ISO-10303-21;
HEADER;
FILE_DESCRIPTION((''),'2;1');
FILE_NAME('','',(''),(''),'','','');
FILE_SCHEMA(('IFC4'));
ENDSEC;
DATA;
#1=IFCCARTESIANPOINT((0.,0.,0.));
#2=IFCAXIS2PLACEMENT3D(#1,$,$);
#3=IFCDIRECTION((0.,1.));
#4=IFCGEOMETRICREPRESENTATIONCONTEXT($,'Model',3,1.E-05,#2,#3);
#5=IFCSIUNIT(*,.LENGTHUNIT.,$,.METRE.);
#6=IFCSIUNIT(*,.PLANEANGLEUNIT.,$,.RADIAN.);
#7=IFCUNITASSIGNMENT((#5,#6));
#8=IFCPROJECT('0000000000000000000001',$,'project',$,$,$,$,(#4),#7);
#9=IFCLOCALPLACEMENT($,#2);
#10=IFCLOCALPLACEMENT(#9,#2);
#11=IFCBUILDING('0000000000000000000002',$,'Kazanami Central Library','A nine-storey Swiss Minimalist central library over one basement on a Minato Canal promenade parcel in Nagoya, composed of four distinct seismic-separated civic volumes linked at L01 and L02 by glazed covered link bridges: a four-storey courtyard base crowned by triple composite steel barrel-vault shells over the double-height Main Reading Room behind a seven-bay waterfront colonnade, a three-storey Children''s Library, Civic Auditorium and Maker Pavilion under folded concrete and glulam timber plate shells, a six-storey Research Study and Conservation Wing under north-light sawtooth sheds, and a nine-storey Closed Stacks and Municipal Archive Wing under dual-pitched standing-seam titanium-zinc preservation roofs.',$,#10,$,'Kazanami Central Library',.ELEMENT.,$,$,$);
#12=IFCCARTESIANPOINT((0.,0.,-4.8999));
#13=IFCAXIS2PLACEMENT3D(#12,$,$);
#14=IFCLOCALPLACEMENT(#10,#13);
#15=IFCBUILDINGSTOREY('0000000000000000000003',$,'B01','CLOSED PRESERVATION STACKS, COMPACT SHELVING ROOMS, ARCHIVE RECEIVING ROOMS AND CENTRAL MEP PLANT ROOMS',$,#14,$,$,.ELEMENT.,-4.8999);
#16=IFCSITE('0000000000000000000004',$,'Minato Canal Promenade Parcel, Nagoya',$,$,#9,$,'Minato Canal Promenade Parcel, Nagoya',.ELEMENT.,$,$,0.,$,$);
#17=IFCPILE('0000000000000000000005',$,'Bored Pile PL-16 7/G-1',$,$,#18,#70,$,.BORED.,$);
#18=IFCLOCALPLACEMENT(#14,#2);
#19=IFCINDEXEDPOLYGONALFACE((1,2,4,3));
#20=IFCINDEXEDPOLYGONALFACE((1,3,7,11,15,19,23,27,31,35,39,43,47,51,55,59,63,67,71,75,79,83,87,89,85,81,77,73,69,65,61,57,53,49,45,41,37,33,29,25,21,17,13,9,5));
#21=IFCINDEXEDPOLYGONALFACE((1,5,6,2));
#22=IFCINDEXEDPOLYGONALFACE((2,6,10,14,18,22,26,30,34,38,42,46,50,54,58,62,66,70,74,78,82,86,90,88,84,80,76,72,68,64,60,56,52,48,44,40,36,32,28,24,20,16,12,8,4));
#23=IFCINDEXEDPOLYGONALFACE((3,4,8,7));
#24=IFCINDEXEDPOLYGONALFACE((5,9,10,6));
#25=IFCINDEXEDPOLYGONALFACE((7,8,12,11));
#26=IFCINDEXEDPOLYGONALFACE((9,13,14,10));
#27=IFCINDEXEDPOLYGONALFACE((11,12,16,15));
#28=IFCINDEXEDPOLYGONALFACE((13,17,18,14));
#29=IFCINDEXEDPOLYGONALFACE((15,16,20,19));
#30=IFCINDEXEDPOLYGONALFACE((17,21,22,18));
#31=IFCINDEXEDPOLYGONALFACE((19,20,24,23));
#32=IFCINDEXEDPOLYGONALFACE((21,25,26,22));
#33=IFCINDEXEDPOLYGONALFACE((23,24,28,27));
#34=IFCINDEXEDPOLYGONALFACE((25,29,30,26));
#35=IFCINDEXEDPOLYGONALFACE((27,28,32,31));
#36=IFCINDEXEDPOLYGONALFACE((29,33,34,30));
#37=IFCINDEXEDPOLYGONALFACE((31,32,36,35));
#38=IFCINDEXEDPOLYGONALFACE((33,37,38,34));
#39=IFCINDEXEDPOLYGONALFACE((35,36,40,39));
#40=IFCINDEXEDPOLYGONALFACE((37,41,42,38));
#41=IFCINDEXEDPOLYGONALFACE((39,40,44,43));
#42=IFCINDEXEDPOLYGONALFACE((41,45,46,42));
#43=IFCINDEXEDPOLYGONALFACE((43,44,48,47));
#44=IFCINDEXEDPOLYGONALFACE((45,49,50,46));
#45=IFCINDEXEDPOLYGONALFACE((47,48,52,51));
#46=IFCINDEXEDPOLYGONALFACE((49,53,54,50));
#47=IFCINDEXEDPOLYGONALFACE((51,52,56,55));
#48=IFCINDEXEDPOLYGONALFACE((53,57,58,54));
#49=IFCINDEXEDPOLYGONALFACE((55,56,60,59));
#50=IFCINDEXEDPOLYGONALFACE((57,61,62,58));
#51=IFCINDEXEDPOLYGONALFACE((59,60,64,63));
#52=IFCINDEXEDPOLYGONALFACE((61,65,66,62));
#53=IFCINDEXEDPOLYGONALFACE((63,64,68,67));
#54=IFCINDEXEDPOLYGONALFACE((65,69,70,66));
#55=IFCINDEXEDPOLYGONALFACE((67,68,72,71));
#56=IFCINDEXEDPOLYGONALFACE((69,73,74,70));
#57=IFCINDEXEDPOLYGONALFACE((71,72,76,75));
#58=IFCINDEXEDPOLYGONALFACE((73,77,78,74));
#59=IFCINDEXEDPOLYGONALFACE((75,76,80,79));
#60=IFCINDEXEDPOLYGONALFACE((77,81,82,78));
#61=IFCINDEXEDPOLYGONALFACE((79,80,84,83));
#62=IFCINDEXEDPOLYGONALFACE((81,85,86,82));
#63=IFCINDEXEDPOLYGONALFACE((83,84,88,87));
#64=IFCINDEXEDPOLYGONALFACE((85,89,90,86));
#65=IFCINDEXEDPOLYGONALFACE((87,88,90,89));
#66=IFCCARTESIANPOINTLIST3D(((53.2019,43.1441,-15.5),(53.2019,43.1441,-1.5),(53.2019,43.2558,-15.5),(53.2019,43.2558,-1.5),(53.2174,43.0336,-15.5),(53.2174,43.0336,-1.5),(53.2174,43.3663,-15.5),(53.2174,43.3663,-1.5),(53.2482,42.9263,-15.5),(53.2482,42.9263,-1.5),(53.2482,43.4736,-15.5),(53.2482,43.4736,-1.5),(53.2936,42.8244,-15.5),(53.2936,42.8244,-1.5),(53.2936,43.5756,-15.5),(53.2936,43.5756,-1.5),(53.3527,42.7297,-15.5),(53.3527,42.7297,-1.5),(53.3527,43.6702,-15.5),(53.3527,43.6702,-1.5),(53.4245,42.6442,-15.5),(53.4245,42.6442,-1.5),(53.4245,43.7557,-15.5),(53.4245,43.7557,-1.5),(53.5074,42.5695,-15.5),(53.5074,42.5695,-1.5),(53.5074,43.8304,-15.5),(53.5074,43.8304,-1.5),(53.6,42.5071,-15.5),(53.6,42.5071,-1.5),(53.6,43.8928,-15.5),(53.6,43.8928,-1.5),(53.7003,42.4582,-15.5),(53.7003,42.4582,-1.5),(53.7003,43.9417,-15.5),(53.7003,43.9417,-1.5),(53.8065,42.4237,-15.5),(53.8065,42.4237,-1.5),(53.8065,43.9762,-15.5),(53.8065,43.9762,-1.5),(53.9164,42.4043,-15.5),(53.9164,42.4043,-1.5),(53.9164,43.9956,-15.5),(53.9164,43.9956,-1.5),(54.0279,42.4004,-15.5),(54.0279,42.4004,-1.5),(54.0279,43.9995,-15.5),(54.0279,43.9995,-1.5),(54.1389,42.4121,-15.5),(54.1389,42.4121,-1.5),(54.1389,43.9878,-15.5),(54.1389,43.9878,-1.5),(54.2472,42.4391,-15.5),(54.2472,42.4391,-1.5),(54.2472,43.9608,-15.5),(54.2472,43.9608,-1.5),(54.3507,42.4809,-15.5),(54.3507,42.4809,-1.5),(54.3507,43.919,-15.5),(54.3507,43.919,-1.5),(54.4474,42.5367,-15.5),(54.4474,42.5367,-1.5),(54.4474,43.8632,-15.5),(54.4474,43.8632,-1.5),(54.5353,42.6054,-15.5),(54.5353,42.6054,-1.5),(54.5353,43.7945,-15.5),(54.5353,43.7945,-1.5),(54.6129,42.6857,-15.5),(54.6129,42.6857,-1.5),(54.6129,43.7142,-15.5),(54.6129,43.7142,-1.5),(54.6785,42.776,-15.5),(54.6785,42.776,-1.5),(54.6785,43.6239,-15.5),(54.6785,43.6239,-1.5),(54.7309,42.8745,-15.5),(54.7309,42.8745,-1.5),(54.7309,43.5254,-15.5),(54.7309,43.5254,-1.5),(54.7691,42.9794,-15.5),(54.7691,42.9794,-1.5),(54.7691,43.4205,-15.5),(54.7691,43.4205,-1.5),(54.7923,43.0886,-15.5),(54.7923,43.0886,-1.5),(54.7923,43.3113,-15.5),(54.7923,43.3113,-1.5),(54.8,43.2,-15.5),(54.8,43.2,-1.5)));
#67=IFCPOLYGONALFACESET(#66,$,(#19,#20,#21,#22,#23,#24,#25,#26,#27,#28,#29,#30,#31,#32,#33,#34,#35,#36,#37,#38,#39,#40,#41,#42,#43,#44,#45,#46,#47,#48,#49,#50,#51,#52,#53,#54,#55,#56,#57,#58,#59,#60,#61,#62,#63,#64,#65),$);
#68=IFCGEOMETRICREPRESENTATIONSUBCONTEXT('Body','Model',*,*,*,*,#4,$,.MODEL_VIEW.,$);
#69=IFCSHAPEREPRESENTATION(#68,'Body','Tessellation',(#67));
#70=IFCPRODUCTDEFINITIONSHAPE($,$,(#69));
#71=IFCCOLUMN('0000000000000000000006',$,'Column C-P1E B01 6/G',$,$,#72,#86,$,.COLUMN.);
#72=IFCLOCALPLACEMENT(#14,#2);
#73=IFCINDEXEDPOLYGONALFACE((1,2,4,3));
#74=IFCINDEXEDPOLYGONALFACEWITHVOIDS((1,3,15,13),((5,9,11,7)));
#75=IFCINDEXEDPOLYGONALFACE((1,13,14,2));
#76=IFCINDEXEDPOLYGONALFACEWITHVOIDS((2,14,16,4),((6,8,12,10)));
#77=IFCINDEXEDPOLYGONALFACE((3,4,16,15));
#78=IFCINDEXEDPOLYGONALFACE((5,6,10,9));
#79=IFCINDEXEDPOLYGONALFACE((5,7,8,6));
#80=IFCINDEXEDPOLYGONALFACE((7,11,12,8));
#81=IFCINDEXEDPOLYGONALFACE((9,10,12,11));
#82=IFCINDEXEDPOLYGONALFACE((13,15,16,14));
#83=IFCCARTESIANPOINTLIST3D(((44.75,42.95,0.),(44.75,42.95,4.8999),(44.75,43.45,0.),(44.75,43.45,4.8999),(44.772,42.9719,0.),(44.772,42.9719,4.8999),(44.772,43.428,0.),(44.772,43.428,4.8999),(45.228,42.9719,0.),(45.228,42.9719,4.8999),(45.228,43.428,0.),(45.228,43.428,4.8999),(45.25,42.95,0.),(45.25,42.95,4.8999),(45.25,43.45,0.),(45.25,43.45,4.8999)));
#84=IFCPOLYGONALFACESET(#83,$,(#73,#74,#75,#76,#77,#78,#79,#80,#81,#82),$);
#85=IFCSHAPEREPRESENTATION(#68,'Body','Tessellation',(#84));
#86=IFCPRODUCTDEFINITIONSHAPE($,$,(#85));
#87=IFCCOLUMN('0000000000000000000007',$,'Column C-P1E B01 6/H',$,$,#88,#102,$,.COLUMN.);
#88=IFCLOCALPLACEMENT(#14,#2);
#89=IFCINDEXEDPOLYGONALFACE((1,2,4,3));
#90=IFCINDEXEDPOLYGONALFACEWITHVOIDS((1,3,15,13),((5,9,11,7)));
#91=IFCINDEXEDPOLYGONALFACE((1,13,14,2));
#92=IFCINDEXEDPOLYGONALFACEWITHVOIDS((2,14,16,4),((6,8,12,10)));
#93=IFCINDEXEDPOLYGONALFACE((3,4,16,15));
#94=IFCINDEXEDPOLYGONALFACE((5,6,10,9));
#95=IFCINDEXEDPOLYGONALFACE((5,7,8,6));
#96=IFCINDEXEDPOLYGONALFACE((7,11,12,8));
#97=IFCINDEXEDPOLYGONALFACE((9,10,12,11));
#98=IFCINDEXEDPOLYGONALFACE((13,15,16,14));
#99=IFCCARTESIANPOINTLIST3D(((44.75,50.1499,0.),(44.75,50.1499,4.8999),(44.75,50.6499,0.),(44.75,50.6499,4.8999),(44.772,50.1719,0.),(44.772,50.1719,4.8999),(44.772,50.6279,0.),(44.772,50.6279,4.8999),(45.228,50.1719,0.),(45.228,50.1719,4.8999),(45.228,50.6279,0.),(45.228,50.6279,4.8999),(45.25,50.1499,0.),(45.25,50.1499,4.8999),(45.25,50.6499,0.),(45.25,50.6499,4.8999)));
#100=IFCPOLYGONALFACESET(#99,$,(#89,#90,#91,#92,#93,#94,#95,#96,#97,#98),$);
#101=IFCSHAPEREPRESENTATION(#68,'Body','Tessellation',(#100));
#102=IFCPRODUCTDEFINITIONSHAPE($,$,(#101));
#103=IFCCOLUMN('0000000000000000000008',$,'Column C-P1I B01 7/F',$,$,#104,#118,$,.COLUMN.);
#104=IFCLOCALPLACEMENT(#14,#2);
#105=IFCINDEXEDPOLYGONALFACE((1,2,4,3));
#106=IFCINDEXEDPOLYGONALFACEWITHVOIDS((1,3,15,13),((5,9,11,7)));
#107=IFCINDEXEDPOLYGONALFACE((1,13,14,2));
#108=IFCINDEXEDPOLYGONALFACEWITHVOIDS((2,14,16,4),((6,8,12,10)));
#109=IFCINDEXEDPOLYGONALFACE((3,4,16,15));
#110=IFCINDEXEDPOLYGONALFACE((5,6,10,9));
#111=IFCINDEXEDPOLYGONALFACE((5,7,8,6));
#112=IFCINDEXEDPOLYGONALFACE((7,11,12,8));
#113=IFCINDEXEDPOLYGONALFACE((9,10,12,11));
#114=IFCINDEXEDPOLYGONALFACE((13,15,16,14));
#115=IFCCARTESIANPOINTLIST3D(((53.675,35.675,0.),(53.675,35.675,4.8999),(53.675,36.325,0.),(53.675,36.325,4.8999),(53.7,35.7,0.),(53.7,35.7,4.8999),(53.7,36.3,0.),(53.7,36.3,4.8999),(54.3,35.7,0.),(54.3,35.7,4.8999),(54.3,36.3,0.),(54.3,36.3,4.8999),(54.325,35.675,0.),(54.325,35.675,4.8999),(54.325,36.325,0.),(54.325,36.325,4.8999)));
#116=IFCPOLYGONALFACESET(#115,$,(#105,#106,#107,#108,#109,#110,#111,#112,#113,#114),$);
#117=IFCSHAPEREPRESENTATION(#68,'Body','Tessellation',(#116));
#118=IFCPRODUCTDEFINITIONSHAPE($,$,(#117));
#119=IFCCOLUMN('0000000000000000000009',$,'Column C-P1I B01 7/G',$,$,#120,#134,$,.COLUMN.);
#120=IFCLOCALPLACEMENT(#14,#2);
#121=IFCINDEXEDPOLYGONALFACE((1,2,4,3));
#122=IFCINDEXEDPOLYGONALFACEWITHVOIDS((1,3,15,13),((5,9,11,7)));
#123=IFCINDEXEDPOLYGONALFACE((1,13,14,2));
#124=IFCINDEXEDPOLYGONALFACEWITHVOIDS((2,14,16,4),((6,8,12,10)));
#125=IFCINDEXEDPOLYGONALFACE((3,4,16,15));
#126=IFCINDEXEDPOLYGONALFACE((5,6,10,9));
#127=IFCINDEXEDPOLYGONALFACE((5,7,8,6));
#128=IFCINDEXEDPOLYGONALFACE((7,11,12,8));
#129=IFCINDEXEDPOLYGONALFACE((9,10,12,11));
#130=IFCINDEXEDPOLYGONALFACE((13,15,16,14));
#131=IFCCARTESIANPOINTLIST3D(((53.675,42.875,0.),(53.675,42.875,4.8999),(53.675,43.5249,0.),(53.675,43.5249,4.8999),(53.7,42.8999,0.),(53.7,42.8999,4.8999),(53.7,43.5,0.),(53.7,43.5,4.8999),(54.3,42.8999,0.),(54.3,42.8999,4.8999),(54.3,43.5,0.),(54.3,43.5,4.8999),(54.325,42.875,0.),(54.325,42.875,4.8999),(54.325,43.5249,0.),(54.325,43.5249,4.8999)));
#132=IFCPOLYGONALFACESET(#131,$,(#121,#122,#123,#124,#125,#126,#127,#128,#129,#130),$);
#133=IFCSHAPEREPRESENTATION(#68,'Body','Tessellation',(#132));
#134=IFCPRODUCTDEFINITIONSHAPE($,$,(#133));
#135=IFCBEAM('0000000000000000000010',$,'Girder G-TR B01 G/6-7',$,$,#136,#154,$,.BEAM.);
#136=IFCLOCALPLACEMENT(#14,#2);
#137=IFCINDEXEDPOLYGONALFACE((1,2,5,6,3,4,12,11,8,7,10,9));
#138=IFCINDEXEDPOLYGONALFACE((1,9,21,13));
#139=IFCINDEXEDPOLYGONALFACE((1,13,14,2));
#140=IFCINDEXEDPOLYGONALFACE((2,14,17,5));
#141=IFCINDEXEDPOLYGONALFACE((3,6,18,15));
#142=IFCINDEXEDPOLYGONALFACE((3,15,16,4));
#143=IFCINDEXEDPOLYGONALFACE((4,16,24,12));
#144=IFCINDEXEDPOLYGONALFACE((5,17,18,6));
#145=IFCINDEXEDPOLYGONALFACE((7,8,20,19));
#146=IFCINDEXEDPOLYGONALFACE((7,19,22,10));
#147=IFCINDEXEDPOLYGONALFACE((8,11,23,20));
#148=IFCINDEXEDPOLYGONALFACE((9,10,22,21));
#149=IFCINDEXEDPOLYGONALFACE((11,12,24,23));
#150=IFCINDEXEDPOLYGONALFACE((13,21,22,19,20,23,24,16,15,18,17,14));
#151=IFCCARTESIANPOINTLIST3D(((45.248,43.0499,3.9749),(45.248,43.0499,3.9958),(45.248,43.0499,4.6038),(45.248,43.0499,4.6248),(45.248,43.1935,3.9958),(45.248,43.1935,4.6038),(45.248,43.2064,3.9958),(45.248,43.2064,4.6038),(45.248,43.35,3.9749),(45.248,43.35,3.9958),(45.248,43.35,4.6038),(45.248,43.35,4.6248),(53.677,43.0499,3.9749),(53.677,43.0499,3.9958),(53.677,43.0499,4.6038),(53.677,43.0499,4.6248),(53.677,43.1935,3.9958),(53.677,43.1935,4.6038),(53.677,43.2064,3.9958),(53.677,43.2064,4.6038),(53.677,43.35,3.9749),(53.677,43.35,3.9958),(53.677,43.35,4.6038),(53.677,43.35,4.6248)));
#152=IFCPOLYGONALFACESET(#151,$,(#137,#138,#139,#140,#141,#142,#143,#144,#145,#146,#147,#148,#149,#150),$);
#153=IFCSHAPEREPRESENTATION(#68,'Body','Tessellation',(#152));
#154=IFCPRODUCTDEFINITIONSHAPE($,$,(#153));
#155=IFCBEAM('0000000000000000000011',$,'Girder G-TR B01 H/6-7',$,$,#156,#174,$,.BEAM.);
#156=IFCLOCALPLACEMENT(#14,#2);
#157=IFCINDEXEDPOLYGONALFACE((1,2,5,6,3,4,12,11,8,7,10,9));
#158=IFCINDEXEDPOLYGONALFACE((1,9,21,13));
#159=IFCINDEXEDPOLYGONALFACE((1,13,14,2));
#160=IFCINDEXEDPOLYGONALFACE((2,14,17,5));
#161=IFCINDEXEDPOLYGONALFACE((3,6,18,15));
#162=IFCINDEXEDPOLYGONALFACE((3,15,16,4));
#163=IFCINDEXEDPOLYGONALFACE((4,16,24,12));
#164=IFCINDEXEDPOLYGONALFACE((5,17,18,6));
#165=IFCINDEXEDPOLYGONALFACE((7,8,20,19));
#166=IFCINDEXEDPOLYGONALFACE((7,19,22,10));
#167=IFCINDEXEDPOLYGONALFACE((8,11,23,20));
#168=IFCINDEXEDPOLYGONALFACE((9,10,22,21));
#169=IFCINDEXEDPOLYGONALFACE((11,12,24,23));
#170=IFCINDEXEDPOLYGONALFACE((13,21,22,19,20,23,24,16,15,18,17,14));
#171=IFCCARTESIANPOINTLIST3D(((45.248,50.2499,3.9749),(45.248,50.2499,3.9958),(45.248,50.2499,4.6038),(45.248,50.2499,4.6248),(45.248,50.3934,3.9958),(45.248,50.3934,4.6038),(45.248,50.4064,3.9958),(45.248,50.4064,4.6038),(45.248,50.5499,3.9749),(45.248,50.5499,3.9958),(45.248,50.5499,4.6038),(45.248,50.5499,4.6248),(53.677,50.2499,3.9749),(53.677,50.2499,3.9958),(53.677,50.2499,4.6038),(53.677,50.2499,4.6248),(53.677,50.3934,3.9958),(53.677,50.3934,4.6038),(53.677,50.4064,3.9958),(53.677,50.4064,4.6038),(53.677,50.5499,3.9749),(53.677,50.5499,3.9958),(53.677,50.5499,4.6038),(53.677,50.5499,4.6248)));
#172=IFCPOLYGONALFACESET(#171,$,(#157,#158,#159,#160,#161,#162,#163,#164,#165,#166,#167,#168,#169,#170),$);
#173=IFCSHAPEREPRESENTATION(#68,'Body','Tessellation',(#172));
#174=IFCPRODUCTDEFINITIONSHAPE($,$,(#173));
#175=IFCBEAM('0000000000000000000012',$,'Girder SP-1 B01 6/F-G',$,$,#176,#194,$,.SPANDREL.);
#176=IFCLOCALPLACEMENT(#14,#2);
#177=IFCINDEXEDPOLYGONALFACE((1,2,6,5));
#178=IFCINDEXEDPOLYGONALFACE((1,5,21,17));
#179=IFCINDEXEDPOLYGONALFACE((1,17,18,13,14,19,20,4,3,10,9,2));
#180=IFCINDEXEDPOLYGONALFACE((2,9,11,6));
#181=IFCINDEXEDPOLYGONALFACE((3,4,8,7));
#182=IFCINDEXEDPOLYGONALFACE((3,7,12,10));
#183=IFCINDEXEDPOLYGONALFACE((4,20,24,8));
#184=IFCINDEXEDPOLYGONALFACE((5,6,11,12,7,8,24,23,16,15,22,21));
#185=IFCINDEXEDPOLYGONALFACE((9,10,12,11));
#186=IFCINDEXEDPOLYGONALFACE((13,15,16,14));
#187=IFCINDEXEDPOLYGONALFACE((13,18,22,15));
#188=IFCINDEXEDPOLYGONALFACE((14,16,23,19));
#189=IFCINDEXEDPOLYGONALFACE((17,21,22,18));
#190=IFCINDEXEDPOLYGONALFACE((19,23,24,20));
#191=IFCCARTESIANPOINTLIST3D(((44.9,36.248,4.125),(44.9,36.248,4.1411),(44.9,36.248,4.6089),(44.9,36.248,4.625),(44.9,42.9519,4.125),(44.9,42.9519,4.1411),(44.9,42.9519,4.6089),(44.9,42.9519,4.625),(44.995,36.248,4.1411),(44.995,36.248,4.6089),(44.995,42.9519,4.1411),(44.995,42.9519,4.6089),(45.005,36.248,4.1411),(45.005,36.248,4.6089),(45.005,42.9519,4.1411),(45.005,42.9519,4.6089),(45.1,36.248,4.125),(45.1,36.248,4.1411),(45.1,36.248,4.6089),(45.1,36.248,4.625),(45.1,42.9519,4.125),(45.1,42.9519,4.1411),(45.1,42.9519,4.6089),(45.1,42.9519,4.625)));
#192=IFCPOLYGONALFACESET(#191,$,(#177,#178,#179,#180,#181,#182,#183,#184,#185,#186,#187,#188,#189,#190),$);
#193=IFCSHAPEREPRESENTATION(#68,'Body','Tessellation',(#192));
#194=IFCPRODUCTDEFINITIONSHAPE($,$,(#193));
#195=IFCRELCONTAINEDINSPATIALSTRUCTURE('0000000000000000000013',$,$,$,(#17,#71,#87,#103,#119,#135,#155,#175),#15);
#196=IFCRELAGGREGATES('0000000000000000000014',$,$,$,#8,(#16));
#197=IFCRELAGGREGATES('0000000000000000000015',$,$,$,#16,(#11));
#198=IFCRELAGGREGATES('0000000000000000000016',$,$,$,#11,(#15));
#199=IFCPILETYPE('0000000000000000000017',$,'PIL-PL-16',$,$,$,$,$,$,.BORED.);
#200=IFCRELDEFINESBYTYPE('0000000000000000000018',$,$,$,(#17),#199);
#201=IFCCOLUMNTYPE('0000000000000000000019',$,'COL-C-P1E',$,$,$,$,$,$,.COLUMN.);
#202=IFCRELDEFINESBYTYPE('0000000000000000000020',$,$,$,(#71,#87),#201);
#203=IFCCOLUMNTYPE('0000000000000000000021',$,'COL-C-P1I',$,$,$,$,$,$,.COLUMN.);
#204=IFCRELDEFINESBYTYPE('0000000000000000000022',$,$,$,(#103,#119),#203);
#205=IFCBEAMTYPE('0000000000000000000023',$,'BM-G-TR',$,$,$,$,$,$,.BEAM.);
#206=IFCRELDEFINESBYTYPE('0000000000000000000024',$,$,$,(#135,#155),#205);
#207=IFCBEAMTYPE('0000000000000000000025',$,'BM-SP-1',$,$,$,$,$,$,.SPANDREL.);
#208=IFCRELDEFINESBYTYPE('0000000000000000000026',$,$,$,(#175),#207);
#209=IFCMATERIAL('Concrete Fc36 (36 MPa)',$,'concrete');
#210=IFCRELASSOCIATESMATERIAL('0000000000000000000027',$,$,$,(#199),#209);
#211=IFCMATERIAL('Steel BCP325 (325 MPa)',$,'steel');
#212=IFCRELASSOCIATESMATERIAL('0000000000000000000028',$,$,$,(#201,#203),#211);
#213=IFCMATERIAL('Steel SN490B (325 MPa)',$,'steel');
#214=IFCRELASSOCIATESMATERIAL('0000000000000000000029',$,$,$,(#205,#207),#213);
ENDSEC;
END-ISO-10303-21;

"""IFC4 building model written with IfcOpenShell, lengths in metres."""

from ifc_helpers import new_model, si_unit, direction, frame, origin, origin_2d, place, context, subcontext, project, spatial, hollow_rectangle, circle, i_section, extrude, material, material_profile, profile_set, type_object, element, save


model = new_model("IFC4")

# Units and contexts
model_context = context("Model", 3, precision=1e-05, world=origin(), true_north=direction((0.0, 1.0)))
body_context = subcontext(model_context, "Body", "Model", "MODEL_VIEW")
ifc_project = project(units=[si_unit("LENGTHUNIT", "METRE"), si_unit("PLANEANGLEUNIT", "RADIAN")], contexts=[model_context])

# Site, building, storey
site_placement = place(None, origin())
site = spatial("IfcSite", under=ifc_project, at=site_placement, Name="Minato Canal Promenade Parcel, Nagoya", LongName="Minato Canal Promenade Parcel, Nagoya", CompositionType="ELEMENT", RefElevation=0.0)
building_placement = place(site_placement, origin())
building = spatial("IfcBuilding", under=site, at=building_placement, Name="Kazanami Central Library", Description="A nine-storey Swiss Minimalist central library over one basement on a Minato Canal promenade parcel in Nagoya, composed of four distinct seismic-separated civic volumes linked at L01 and L02 by glazed covered link bridges: a four-storey courtyard base crowned by triple composite steel barrel-vault shells over the double-height Main Reading Room behind a seven-bay waterfront colonnade, a three-storey Children's Library, Civic Auditorium and Maker Pavilion under folded concrete and glulam timber plate shells, a six-storey Research Study and Conservation Wing under north-light sawtooth sheds, and a nine-storey Closed Stacks and Municipal Archive Wing under dual-pitched standing-seam titanium-zinc preservation roofs.", LongName="Kazanami Central Library", CompositionType="ELEMENT")
storey_placement = place(building_placement, frame((0.0, 0.0, -4.8999)))
storey = spatial("IfcBuildingStorey", under=building, at=storey_placement, Name="B01", Description="CLOSED PRESERVATION STACKS, COMPACT SHELVING ROOMS, ARCHIVE RECEIVING ROOMS AND CENTRAL MEP PLANT ROOMS", CompositionType="ELEMENT", Elevation=-4.8999)

# Shared definitions
ifc_material_1 = material(Name="Concrete Fc36 (36 MPa)", Category="concrete")

# Pile
ifc_material_profile_1 = material_profile(ifc_material_1, circle(Radius=0.8, at=origin_2d()), Name="BORED-D1600")
ifc_profile_set_1 = profile_set([ifc_material_profile_1], Name="Concrete Fc36 (36 MPa)")
pile_type_1 = type_object("IfcPileType", Name="PIL-PL-16", PredefinedType="BORED", material=ifc_profile_set_1)
for number, where, z_axis, x_axis, name in (
    (1, (54.0, 43.2, -1.5), (0.0, 0.0, -1.0), (1.0, 0.0, 0.0), "Bored Pile PL-16 7/G-1"),
):
    element("IfcPile", number, at=place(storey_placement, frame(where, z_axis=z_axis, x_axis=x_axis)), inside=storey, type_object=pile_type_1, Name=name, PredefinedType="BORED", context=body_context, shape_type="SweptSolid", body=[
        extrude(circle(Radius=0.8, at=origin_2d()), origin(), (0.0, 0.0, 1.0), 14.0),
    ])

# Columns
ifc_material_2 = material(Name="Steel BCP325 (325 MPa)", Category="steel")
ifc_material_profile_2 = material_profile(ifc_material_2, hollow_rectangle(XDim=0.5, YDim=0.5, WallThickness=0.022, at=origin_2d()), Name="BCP-500x500x22")
ifc_profile_set_2 = profile_set([ifc_material_profile_2], Name="Steel BCP325 (325 MPa)")
column_type_1 = type_object("IfcColumnType", Name="COL-C-P1E", PredefinedType="COLUMN", material=ifc_profile_set_2)
for number, where, z_axis, x_axis, name in (
    (2, (45.0, 43.2, 0.0), (0.0, 0.0, 1.0), (1.0, 0.0, 0.0), "Column C-P1E B01 6/G"),
    (3, (45.0, 50.3999, 0.0), (0.0, 0.0, 1.0), (1.0, 0.0, 0.0), "Column C-P1E B01 6/H"),
):
    element("IfcColumn", number, at=place(storey_placement, frame(where, z_axis=z_axis, x_axis=x_axis)), inside=storey, type_object=column_type_1, Name=name, PredefinedType="COLUMN", context=body_context, shape_type="SweptSolid", body=[
        extrude(hollow_rectangle(XDim=0.5, YDim=0.5, WallThickness=0.022, at=origin_2d()), origin(), (0.0, 0.0, 1.0), 4.8999),
    ])
ifc_material_profile_3 = material_profile(ifc_material_2, hollow_rectangle(XDim=0.6499, YDim=0.6499, WallThickness=0.0249, at=origin_2d()), Name="BCP-650x650x25")
ifc_profile_set_3 = profile_set([ifc_material_profile_3], Name="Steel BCP325 (325 MPa)")
column_type_2 = type_object("IfcColumnType", Name="COL-C-P1I", PredefinedType="COLUMN", material=ifc_profile_set_3)
for number, where, z_axis, x_axis, name in (
    (4, (54.0, 36.0, 0.0), (0.0, 0.0, 1.0), (1.0, 0.0, 0.0), "Column C-P1I B01 7/F"),
    (5, (54.0, 43.2, 0.0), (0.0, 0.0, 1.0), (1.0, 0.0, 0.0), "Column C-P1I B01 7/G"),
):
    element("IfcColumn", number, at=place(storey_placement, frame(where, z_axis=z_axis, x_axis=x_axis)), inside=storey, type_object=column_type_2, Name=name, PredefinedType="COLUMN", context=body_context, shape_type="SweptSolid", body=[
        extrude(hollow_rectangle(XDim=0.6499, YDim=0.6499, WallThickness=0.0249, at=origin_2d()), origin(), (0.0, 0.0, 1.0), 4.8999),
    ])

# Beams
ifc_material_3 = material(Name="Steel SN490B (325 MPa)", Category="steel")
ifc_material_profile_4 = material_profile(ifc_material_3, i_section(OverallWidth=0.3, OverallDepth=0.6499, WebThickness=0.0129, FlangeThickness=0.021, at=origin_2d()), Name="H-650x300x13x21")
ifc_profile_set_4 = profile_set([ifc_material_profile_4], Name="Steel SN490B (325 MPa)")
beam_type_1 = type_object("IfcBeamType", Name="BM-G-TR", PredefinedType="BEAM", material=ifc_profile_set_4)
for number, where, z_axis, x_axis, name in (
    (6, (45.248, 43.2, 4.2998), (1.0, 0.0, 0.0), (0.0, 1.0, 0.0), "Girder G-TR B01 G/6-7"),
    (7, (45.248, 50.3999, 4.2998), (1.0, 0.0, 0.0), (0.0, 1.0, 0.0), "Girder G-TR B01 H/6-7"),
):
    element("IfcBeam", number, at=place(storey_placement, frame(where, z_axis=z_axis, x_axis=x_axis)), inside=storey, type_object=beam_type_1, Name=name, PredefinedType="BEAM", context=body_context, shape_type="SweptSolid", body=[
        extrude(i_section(OverallWidth=0.3, OverallDepth=0.6499, WebThickness=0.0129, FlangeThickness=0.021, at=origin_2d()), origin(), (0.0, 0.0, 1.0), 8.429),
    ])
ifc_material_profile_5 = material_profile(ifc_material_3, i_section(OverallWidth=0.2, OverallDepth=0.5, WebThickness=0.01, FlangeThickness=0.0161, at=origin_2d()), Name="H-500x200x10x16")
ifc_profile_set_5 = profile_set([ifc_material_profile_5], Name="Steel SN490B (325 MPa)")
beam_type_2 = type_object("IfcBeamType", Name="BM-SP-1", PredefinedType="SPANDREL", material=ifc_profile_set_5)
beam_1_placement = place(storey_placement, frame((45.0, 36.248, 4.375), z_axis=(0.0, 1.0, 0.0), x_axis=(-1.0, 0.0, 0.0)))
element("IfcBeam", 8, at=beam_1_placement, inside=storey, type_object=beam_type_2, Name="Girder SP-1 B01 6/F-G", PredefinedType="SPANDREL", context=body_context, shape_type="SweptSolid", body=[
    extrude(i_section(OverallWidth=0.2, OverallDepth=0.5, WebThickness=0.01, FlangeThickness=0.0161, at=origin_2d()), origin(), (0.0, 0.0, 1.0), 6.7039),
])

save(model, "model.ifc")
